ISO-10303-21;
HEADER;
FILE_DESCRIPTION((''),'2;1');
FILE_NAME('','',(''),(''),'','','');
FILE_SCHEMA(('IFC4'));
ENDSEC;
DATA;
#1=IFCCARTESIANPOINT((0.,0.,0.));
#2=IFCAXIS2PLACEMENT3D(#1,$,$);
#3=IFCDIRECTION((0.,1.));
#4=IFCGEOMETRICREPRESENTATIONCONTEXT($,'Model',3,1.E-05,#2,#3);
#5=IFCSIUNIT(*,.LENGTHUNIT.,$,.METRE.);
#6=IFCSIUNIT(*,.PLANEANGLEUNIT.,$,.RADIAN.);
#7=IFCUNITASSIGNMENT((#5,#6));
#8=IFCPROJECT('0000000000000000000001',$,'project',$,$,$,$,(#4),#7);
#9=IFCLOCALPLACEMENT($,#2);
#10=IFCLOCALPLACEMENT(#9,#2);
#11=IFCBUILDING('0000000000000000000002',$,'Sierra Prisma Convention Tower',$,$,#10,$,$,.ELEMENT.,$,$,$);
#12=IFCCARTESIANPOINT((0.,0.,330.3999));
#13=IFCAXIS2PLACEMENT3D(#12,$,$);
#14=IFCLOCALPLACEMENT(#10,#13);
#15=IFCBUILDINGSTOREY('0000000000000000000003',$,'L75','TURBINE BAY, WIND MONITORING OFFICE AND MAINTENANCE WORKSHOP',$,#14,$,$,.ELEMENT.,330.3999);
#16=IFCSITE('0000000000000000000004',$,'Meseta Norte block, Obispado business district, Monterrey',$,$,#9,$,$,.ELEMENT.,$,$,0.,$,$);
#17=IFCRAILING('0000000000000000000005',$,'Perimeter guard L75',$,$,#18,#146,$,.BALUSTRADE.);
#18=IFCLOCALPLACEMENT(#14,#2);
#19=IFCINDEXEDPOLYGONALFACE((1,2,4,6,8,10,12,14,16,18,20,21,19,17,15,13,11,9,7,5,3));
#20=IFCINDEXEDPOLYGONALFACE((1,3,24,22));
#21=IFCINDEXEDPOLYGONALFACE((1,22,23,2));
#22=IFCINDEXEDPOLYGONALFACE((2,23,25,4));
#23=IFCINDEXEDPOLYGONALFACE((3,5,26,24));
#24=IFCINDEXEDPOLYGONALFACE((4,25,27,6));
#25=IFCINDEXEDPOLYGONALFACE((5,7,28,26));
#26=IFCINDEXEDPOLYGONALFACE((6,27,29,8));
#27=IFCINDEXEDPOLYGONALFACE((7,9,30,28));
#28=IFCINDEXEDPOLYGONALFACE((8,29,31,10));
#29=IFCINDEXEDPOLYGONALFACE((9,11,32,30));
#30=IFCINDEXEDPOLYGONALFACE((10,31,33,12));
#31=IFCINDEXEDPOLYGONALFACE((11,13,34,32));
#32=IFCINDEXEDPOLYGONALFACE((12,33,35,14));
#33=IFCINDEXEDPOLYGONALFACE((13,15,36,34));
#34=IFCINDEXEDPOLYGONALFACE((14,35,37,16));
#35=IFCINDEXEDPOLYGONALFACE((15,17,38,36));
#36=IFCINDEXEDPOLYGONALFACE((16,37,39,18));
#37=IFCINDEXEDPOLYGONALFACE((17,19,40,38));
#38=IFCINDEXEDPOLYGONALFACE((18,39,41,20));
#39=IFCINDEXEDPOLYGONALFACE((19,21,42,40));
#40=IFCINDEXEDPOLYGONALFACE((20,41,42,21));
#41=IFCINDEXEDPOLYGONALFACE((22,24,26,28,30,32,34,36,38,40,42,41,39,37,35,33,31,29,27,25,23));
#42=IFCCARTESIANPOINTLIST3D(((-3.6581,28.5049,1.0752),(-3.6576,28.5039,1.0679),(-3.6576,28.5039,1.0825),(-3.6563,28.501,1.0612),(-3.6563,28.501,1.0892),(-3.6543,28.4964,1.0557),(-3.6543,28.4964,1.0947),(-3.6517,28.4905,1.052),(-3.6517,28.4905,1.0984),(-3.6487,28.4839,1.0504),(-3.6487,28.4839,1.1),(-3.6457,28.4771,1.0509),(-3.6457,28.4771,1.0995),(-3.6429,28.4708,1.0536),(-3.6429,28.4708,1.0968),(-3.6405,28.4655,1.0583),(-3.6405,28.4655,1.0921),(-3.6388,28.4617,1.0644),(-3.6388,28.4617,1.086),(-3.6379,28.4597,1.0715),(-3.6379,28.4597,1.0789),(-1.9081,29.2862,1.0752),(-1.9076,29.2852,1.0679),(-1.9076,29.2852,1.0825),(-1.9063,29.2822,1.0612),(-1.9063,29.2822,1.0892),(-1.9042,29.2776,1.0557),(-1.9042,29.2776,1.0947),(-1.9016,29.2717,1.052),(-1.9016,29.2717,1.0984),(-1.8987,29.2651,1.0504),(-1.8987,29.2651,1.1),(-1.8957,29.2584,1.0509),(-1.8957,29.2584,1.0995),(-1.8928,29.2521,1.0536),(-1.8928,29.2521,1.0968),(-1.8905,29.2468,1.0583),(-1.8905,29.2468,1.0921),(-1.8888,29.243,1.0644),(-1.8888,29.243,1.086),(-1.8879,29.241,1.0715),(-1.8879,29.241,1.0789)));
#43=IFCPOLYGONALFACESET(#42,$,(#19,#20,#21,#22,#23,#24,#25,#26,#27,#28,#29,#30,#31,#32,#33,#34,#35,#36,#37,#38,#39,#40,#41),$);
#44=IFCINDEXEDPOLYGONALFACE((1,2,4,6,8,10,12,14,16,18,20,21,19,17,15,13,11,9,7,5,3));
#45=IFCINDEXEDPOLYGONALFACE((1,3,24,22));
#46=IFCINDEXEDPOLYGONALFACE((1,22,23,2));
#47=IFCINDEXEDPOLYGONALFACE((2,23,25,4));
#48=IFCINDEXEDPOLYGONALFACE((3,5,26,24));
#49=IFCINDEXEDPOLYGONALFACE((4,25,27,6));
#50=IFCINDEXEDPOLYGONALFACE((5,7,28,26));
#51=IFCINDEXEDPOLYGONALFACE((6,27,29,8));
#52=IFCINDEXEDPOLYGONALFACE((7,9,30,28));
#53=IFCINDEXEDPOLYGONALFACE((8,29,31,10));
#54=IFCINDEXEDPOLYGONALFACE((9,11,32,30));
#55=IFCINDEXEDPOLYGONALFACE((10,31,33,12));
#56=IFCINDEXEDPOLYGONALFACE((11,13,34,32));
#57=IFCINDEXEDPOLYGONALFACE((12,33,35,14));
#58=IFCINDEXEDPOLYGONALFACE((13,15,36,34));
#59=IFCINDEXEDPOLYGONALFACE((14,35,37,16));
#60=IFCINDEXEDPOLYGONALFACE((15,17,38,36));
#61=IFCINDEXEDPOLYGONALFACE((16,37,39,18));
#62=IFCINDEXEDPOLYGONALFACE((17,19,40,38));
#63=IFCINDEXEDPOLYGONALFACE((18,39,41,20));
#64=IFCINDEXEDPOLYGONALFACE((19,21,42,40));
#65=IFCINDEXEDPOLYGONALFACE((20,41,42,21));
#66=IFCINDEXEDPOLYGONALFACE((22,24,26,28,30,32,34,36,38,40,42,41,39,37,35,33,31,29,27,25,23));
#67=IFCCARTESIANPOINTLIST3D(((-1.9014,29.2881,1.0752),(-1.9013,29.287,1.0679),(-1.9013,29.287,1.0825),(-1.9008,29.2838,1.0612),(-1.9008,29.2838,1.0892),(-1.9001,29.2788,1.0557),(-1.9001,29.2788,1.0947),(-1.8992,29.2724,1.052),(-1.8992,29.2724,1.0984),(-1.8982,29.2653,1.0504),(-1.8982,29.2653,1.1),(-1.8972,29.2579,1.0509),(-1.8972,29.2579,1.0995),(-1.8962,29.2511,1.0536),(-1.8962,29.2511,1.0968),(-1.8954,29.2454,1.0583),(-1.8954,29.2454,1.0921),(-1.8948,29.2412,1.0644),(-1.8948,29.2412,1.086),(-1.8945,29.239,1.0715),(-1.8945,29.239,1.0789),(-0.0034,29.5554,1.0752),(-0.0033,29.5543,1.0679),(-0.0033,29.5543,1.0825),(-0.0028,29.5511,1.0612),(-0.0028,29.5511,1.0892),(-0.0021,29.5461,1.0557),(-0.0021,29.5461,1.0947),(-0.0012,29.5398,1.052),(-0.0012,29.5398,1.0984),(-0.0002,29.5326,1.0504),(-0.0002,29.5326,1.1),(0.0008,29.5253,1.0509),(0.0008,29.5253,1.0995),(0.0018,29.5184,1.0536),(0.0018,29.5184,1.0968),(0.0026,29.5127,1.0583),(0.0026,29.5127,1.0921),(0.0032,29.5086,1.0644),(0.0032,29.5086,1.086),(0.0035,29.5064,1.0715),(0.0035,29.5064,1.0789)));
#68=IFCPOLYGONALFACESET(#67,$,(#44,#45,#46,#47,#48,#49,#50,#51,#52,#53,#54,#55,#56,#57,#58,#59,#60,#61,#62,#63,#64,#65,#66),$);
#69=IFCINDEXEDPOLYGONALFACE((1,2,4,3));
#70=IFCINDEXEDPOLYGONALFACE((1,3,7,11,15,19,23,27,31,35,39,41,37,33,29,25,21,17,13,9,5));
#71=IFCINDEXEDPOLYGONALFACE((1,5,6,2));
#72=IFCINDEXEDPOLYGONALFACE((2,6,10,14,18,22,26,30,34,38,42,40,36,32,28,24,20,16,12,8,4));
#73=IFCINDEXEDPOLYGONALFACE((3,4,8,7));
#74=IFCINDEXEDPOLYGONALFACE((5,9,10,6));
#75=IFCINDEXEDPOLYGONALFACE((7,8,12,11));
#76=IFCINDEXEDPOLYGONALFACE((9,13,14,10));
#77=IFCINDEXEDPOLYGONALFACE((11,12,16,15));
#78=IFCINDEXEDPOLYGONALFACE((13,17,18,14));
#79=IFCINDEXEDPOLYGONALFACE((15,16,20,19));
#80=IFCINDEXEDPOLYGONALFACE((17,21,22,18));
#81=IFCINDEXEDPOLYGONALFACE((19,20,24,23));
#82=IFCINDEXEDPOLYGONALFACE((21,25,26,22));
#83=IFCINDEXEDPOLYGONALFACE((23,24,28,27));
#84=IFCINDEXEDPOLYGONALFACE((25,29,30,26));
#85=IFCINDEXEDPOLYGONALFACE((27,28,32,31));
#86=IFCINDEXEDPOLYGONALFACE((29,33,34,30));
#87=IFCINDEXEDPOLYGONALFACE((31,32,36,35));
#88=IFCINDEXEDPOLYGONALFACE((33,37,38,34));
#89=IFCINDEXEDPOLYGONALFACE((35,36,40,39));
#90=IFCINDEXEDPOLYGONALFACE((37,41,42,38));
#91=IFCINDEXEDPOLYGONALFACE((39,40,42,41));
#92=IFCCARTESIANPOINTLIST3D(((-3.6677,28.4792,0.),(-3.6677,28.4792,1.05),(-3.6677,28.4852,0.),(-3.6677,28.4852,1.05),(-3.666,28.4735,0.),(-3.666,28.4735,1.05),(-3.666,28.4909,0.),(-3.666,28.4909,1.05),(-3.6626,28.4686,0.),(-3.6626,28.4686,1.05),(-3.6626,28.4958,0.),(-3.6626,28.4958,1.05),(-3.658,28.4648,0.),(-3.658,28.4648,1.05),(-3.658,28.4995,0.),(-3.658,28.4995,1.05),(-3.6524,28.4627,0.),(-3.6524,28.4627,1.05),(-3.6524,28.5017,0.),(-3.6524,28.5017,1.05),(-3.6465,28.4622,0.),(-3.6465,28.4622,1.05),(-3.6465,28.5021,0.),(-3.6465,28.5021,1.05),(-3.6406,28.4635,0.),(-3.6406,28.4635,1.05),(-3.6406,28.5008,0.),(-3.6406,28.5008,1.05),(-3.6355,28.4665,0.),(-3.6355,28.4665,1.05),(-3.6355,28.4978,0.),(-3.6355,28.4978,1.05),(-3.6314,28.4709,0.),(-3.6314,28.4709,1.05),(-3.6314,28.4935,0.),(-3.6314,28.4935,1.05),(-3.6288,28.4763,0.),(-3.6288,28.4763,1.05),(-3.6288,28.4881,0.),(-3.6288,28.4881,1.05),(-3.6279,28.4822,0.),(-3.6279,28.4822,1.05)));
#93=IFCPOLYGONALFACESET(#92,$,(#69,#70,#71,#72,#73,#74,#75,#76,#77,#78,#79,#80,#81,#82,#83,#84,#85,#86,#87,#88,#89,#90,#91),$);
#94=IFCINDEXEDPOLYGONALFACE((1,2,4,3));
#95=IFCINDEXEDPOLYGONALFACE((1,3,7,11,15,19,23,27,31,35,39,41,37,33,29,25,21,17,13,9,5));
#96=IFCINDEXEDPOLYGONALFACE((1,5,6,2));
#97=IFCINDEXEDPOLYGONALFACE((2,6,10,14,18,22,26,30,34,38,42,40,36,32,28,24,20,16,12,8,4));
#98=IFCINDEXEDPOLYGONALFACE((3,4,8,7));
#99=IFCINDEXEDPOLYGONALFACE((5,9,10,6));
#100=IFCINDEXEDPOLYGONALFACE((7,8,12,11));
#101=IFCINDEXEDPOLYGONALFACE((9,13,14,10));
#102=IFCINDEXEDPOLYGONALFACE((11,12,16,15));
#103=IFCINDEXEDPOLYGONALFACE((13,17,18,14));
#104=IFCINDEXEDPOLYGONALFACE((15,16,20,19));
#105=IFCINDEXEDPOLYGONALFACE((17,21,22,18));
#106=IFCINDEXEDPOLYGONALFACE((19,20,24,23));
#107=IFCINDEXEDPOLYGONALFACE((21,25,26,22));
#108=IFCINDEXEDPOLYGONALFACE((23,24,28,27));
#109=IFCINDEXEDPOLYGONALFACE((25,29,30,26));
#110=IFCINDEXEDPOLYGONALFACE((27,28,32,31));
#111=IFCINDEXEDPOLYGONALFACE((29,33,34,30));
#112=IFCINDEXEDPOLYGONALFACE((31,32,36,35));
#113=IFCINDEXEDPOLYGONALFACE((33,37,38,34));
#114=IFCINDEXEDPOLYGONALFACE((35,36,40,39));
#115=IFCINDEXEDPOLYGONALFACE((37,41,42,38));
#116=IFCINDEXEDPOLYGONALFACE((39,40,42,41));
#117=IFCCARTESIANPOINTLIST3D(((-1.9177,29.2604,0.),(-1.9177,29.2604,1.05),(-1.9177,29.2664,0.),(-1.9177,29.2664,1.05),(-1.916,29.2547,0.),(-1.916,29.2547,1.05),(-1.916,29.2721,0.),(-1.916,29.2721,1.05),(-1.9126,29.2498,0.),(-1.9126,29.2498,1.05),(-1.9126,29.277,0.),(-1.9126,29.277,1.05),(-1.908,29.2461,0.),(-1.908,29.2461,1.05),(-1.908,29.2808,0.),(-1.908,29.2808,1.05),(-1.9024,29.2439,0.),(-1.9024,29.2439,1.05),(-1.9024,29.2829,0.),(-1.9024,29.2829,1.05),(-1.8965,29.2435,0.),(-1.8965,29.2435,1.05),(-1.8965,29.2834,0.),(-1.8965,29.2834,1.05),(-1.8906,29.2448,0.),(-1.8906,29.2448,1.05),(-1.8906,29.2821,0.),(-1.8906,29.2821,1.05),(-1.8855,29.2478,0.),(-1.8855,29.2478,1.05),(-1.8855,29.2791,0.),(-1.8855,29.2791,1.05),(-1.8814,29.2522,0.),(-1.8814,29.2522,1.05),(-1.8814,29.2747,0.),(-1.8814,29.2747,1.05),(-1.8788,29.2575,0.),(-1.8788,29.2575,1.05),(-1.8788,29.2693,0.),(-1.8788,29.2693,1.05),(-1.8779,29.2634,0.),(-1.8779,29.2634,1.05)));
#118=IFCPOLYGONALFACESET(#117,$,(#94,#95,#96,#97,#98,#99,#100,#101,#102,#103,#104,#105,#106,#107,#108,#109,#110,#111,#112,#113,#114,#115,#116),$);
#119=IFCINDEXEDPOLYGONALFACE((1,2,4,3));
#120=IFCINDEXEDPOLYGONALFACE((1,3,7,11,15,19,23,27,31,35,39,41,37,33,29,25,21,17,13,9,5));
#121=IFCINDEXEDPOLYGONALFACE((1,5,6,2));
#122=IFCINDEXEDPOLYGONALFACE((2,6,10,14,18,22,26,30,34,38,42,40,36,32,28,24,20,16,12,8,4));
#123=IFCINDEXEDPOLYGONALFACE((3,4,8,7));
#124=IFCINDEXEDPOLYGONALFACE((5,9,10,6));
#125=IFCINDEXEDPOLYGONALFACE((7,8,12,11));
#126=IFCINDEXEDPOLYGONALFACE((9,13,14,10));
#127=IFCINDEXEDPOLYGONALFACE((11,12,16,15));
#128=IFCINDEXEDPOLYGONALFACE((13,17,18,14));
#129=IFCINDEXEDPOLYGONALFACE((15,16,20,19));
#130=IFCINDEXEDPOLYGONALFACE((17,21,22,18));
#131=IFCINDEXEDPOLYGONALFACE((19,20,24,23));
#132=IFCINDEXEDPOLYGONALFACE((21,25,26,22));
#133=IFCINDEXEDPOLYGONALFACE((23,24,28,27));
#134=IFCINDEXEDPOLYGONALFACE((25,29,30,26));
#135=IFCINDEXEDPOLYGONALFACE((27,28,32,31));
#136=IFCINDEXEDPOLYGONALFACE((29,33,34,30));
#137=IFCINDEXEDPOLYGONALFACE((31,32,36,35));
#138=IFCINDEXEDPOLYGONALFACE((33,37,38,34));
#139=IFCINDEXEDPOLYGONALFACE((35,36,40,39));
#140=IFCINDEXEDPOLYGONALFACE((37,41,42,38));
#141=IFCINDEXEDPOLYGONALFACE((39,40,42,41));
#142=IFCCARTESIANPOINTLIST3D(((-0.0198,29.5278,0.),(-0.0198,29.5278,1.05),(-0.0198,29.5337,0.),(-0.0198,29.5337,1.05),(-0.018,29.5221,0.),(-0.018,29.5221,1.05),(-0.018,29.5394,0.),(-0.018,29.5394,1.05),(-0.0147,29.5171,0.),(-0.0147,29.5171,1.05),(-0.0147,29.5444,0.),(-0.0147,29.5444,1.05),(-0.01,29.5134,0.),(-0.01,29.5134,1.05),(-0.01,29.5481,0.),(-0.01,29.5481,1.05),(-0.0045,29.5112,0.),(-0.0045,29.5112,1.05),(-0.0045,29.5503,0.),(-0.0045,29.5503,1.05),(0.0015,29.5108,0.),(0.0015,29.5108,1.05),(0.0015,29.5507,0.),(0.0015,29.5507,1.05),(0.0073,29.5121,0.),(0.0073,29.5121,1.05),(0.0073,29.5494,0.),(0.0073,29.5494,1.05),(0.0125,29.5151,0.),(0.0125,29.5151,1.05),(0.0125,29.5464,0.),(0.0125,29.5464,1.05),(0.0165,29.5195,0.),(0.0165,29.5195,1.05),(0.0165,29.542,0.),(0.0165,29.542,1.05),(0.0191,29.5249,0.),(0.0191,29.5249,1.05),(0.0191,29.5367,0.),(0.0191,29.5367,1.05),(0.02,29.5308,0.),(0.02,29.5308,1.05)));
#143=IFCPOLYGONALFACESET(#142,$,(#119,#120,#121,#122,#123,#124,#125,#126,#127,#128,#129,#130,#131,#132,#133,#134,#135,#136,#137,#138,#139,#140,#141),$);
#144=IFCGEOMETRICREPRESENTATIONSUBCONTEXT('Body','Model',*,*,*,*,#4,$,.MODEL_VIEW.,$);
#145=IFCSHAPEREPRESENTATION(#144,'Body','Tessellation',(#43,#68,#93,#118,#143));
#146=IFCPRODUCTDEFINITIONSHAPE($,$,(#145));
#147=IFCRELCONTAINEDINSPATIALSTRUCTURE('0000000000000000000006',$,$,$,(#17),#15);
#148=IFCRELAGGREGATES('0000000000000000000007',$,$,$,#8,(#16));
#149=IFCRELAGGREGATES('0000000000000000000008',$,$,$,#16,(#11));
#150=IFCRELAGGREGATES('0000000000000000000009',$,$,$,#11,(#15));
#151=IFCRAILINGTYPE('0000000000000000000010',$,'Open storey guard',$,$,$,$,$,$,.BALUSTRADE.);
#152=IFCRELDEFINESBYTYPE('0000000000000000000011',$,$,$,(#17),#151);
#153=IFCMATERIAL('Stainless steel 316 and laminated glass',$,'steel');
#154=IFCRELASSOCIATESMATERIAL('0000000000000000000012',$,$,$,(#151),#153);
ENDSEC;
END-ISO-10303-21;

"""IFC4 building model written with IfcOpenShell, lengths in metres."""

from ifc_helpers import new_model, si_unit, direction, frame, origin, origin_2d, place, context, subcontext, project, spatial, circle, extrude, material, type_object, element, save


model = new_model("IFC4")

# Units and contexts
model_context = context("Model", 3, precision=1e-05, world=origin(), true_north=direction((0.0, 1.0)))
body_context = subcontext(model_context, "Body", "Model", "MODEL_VIEW")
ifc_project = project(units=[si_unit("LENGTHUNIT", "METRE"), si_unit("PLANEANGLEUNIT", "RADIAN")], contexts=[model_context])

# Site, building, storey
site_placement = place(None, origin())
site = spatial("IfcSite", under=ifc_project, at=site_placement, Name="Meseta Norte block, Obispado business district, Monterrey", CompositionType="ELEMENT", RefElevation=0.0)
building_placement = place(site_placement, origin())
building = spatial("IfcBuilding", under=site, at=building_placement, Name="Sierra Prisma Convention Tower", CompositionType="ELEMENT")
storey_placement = place(building_placement, frame((0.0, 0.0, 330.3999)))
storey = spatial("IfcBuildingStorey", under=building, at=storey_placement, Name="L75", Description="TURBINE BAY, WIND MONITORING OFFICE AND MAINTENANCE WORKSHOP", CompositionType="ELEMENT", Elevation=330.3999)

# Railing
ifc_material_1 = material(Name="Stainless steel 316 and laminated glass", Category="steel")
railing_type = type_object("IfcRailingType", Name="Open storey guard", PredefinedType="BALUSTRADE", material=ifc_material_1)
railing_1_placement = place(storey_placement, frame((-3.6479, 28.4822, 0.0)))
element("IfcRailing", 1, at=railing_1_placement, inside=storey, type_object=railing_type, Name="Perimeter guard L75", PredefinedType="BALUSTRADE", context=body_context, shape_type="SweptSolid", body=[
    extrude(circle(Radius=0.0249, at=origin_2d()), frame((0.0, 0.0, 1.0752), z_axis=(0.913138, 0.407651, 0.0), x_axis=(-0.407651, 0.913138, 0.0)), (0.0, 0.0, 1.0), 1.9165),
    extrude(circle(Radius=0.0249, at=origin_2d()), frame((1.75, 0.7812, 1.0752), z_axis=(0.990225, 0.139477, 0.0), x_axis=(-0.139477, 0.990225, 0.0)), (0.0, 0.0, 1.0), 1.9167),
    extrude(circle(Radius=0.02, at=origin_2d()), origin(), (0.0, 0.0, 1.0), 1.05),
    extrude(circle(Radius=0.02, at=origin_2d()), frame((1.75, 0.7812, 0.0)), (0.0, 0.0, 1.0), 1.05),
    extrude(circle(Radius=0.02, at=origin_2d()), frame((3.6479, 1.0486, 0.0)), (0.0, 0.0, 1.0), 1.05),
])

save(model, "model.ifc")
